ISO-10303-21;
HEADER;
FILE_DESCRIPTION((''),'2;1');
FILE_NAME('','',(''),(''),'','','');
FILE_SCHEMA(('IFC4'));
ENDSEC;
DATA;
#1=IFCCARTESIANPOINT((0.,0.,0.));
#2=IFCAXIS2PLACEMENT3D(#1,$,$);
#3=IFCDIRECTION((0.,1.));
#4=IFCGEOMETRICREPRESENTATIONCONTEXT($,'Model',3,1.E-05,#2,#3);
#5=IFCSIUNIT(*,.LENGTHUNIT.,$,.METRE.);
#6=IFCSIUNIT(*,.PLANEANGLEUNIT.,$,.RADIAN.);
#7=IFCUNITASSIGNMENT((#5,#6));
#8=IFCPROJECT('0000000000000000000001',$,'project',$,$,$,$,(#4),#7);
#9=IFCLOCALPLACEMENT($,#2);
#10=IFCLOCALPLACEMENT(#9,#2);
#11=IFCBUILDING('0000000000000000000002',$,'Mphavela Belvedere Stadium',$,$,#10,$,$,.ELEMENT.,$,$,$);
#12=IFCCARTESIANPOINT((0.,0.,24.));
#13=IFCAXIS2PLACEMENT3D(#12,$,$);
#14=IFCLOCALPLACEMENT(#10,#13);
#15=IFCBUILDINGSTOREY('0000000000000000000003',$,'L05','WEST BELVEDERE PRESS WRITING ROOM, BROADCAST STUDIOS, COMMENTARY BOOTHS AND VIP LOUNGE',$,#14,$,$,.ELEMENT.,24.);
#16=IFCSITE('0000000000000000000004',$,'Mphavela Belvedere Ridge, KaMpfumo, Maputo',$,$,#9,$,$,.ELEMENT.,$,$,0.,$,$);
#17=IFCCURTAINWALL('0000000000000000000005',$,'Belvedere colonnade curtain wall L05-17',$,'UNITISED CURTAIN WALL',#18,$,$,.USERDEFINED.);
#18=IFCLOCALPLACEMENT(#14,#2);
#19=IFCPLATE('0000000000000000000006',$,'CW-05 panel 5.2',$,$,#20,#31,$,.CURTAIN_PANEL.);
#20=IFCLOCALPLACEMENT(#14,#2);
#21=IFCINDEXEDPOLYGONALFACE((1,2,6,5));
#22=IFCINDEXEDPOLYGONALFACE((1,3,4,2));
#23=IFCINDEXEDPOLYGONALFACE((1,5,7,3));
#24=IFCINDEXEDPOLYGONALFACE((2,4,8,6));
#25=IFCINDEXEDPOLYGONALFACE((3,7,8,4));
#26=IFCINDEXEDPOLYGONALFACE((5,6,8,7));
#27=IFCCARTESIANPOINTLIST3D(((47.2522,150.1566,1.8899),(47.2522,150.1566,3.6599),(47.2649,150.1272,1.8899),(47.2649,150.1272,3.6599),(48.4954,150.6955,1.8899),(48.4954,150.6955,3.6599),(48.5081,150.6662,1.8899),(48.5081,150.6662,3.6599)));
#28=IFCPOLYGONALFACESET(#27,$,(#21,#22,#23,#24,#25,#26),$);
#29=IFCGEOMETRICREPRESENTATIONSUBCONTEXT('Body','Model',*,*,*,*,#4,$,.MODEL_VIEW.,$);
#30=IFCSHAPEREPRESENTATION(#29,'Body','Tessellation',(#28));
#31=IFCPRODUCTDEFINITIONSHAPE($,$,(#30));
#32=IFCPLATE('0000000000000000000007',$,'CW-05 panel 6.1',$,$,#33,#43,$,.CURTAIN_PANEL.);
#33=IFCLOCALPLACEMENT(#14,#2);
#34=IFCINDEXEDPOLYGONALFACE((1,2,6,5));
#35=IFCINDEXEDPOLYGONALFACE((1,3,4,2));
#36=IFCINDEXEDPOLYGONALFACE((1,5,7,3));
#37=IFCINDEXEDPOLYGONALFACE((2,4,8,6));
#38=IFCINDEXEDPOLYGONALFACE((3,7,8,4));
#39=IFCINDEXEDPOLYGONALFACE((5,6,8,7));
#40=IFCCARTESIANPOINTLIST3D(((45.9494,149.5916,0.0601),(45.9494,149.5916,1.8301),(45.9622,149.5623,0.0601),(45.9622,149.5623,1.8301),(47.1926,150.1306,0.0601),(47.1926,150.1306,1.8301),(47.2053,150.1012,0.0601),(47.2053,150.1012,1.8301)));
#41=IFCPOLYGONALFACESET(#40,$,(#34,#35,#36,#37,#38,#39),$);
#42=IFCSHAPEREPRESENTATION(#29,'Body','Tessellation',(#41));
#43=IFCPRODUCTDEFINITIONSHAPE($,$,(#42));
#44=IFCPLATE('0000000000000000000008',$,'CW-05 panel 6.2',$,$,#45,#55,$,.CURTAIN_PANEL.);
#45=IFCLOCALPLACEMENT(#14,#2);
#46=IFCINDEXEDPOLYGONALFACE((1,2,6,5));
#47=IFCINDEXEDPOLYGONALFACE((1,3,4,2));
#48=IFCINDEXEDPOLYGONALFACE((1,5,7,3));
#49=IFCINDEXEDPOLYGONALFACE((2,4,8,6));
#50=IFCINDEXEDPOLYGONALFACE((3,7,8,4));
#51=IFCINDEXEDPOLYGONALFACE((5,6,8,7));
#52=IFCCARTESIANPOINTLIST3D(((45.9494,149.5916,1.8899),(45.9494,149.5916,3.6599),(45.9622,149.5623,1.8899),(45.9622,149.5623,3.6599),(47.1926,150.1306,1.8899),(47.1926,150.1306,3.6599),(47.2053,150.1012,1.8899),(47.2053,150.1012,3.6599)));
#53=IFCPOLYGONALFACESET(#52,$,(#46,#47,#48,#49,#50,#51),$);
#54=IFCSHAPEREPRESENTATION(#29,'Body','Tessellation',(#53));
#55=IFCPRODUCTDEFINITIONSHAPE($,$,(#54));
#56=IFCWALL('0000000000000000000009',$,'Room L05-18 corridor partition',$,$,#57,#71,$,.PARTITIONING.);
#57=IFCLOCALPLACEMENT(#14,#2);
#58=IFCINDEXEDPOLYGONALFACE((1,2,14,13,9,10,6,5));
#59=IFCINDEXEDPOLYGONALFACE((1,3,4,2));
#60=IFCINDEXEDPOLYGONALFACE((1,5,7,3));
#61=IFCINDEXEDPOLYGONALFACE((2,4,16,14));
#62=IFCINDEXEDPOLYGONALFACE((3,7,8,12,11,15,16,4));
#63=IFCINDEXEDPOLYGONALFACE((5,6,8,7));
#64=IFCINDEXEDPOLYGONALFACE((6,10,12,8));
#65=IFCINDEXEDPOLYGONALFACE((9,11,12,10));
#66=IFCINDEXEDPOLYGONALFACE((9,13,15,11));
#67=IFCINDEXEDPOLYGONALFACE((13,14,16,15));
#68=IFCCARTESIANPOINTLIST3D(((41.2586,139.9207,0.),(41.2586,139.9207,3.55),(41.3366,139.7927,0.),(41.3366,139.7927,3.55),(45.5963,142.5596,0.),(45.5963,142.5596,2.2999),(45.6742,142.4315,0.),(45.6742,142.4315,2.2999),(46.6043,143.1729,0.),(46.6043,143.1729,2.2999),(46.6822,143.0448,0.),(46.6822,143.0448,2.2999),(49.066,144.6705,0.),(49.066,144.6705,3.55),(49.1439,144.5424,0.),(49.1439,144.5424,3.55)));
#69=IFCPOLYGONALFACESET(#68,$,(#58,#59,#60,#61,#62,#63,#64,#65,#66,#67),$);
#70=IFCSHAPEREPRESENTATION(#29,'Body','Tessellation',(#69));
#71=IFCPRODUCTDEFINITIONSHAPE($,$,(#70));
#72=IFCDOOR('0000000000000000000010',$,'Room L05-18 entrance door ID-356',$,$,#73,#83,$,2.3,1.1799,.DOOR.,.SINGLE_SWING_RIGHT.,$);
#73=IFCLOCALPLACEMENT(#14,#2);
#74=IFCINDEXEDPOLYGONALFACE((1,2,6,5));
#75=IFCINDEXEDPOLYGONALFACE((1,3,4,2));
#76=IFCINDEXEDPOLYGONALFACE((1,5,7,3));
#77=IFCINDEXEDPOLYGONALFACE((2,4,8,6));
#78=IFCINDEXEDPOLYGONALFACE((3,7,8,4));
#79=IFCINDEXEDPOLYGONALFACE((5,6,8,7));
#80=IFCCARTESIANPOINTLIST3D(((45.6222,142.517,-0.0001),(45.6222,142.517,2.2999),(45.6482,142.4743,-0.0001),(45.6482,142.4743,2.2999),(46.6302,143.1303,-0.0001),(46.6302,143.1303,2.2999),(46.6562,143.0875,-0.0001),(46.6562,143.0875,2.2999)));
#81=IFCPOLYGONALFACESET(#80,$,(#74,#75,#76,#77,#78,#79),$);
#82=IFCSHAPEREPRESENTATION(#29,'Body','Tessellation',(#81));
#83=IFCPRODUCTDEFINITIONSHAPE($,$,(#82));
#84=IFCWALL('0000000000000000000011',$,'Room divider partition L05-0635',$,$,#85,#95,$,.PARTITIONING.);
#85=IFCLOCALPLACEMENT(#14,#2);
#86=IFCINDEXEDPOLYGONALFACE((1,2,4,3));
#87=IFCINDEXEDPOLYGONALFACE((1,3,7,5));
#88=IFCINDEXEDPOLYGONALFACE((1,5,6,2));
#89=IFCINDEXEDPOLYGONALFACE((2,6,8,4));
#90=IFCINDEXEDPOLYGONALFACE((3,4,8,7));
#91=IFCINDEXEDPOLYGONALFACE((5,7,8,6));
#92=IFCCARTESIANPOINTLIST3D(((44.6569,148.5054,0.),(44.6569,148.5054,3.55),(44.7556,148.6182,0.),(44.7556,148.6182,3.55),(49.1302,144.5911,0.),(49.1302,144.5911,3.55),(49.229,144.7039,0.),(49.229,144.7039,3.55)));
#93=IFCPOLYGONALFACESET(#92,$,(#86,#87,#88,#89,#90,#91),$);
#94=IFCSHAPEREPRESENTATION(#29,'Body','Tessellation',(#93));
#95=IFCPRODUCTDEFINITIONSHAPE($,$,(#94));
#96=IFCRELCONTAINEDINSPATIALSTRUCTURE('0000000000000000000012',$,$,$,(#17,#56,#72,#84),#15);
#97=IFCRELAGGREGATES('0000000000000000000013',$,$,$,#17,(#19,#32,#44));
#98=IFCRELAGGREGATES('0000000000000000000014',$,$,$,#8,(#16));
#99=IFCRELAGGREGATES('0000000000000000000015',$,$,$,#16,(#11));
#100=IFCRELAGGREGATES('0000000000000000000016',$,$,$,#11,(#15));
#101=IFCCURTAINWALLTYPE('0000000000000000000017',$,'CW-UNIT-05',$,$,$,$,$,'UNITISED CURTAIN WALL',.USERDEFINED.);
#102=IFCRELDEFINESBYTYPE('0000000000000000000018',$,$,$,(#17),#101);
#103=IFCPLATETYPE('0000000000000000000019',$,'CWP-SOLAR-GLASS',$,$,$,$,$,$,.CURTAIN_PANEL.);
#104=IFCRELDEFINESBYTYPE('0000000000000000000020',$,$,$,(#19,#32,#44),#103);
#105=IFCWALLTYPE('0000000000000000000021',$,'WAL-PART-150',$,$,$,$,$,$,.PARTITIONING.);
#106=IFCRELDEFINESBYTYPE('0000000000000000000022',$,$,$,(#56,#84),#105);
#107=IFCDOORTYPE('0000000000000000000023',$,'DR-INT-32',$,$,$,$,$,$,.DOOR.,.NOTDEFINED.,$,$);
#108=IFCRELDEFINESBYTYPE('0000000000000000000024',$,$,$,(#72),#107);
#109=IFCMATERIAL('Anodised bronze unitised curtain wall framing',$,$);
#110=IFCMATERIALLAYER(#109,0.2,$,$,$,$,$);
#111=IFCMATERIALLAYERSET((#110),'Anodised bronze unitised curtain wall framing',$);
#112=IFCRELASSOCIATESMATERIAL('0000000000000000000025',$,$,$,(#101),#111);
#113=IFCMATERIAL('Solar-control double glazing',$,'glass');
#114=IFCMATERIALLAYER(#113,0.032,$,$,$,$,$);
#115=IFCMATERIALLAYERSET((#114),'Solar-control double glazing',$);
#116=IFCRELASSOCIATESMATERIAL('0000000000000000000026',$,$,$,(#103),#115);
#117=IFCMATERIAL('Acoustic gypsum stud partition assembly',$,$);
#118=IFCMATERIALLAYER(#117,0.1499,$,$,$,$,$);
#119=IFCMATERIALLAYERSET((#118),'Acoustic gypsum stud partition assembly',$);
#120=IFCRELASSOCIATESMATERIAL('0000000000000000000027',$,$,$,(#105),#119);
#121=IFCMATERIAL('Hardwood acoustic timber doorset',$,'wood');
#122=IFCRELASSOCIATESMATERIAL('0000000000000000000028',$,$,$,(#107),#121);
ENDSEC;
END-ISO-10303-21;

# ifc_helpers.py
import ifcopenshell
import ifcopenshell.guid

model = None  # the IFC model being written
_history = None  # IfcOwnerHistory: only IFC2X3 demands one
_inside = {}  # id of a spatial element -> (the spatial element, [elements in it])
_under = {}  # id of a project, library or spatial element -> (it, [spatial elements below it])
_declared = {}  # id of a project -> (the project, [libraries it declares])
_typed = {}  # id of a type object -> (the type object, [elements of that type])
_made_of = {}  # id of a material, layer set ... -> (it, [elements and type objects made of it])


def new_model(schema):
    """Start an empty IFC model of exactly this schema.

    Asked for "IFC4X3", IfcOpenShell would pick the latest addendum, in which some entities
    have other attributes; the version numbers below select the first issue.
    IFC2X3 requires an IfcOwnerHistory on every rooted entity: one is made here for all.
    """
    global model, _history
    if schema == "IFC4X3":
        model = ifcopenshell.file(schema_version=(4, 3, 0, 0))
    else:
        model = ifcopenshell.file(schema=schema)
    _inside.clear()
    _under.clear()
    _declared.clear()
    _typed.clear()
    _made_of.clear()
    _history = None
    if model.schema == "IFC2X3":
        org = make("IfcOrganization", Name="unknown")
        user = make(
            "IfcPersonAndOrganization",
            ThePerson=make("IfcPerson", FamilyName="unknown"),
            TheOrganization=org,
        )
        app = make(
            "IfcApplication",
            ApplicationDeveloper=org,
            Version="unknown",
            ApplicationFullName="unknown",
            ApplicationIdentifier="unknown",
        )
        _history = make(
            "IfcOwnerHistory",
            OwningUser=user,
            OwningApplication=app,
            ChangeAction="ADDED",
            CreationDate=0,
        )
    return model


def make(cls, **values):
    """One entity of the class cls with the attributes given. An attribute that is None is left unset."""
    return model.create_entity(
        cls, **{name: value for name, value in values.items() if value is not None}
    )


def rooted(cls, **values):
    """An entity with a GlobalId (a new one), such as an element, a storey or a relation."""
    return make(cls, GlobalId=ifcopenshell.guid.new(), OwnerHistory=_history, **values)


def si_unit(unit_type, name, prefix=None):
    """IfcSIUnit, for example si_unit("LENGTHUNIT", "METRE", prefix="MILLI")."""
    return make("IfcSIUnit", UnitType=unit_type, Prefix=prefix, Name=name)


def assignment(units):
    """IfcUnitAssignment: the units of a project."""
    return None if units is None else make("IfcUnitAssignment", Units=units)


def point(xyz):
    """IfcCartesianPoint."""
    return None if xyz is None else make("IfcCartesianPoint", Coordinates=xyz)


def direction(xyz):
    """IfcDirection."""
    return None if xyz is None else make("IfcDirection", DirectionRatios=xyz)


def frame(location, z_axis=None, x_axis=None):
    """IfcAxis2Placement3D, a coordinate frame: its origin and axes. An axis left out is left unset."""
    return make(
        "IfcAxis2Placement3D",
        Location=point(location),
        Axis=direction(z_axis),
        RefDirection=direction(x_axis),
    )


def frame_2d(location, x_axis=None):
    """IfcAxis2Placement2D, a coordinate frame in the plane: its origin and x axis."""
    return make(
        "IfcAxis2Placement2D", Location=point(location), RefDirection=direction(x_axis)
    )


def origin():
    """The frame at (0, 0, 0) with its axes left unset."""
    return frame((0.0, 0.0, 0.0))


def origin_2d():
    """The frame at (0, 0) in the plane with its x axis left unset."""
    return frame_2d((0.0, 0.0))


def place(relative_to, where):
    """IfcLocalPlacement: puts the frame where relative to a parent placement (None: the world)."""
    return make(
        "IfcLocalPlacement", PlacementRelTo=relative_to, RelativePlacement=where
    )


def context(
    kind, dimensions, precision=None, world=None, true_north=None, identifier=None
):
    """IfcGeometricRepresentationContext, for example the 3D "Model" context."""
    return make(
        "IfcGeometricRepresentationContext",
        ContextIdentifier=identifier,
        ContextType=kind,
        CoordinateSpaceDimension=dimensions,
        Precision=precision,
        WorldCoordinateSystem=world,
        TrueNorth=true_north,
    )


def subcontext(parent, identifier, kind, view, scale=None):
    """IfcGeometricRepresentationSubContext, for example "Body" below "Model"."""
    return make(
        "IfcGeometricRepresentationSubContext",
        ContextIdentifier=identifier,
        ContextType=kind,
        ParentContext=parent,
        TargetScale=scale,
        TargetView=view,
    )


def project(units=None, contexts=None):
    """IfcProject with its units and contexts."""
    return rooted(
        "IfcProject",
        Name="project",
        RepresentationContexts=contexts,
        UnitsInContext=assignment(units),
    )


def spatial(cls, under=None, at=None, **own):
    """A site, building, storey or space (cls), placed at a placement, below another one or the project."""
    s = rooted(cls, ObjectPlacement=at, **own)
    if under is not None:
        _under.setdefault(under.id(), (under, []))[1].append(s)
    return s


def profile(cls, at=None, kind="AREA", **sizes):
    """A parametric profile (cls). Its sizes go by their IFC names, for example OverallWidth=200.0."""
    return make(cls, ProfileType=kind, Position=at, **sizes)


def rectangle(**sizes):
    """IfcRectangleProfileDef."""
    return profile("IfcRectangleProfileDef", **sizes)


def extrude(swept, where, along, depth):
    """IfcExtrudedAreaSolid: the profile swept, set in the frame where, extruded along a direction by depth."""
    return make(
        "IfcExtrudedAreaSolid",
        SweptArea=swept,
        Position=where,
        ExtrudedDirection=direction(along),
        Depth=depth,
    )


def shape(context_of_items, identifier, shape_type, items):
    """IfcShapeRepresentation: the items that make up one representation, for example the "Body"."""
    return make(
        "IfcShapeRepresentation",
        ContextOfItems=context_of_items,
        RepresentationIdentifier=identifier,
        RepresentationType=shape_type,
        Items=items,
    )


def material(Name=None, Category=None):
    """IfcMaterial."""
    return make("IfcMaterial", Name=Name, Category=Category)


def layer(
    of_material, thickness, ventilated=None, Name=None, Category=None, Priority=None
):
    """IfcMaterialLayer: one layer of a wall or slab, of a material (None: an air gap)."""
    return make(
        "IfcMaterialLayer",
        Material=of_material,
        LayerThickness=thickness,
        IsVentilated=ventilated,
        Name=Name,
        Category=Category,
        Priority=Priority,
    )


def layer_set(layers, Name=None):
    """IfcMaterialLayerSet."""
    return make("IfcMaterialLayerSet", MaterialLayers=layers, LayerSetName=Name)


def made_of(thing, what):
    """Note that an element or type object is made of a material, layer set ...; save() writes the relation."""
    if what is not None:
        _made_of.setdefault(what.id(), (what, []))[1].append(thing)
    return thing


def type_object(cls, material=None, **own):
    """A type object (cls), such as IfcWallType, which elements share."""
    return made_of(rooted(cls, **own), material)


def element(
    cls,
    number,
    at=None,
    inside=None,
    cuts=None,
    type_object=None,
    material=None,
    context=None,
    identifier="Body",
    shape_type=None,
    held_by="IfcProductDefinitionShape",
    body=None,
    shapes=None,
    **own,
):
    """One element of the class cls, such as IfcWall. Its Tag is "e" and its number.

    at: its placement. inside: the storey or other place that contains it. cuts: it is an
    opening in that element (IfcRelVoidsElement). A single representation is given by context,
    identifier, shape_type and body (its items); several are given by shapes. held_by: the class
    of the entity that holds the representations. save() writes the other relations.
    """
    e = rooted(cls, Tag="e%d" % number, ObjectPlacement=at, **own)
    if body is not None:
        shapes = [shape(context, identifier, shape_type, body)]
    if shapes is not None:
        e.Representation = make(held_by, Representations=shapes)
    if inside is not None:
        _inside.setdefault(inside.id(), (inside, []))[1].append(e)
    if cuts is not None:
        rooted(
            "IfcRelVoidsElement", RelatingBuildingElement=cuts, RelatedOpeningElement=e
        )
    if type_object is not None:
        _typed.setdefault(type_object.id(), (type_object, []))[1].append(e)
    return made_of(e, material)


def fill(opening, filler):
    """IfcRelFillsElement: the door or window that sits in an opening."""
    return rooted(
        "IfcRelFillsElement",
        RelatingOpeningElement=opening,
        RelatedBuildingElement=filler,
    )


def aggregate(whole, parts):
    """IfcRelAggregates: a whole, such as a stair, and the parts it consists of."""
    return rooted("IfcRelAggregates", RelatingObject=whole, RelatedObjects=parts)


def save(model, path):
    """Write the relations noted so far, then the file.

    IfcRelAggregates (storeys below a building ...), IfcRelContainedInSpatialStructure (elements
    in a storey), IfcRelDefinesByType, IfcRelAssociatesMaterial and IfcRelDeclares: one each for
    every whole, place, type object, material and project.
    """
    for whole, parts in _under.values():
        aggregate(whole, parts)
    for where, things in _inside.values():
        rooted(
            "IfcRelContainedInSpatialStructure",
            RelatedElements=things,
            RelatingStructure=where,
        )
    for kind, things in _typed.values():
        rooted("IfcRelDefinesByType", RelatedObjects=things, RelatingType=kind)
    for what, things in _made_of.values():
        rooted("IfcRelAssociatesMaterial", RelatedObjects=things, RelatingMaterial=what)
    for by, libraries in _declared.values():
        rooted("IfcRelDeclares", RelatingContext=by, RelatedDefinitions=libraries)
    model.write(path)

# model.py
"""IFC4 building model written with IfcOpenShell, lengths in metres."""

from ifc_helpers import new_model, si_unit, direction, frame, frame_2d, origin, origin_2d, place, context, subcontext, project, spatial, rectangle, extrude, material, layer, layer_set, type_object, element, fill, aggregate, save


model = new_model("IFC4")

# Units and contexts
model_context = context("Model", 3, precision=1e-05, world=origin(), true_north=direction((0.0, 1.0)))
body_context = subcontext(model_context, "Body", "Model", "MODEL_VIEW")
ifc_project = project(units=[si_unit("LENGTHUNIT", "METRE"), si_unit("PLANEANGLEUNIT", "RADIAN")], contexts=[model_context])

# Site, building, storey
site_placement = place(None, origin())
site = spatial("IfcSite", under=ifc_project, at=site_placement, Name="Mphavela Belvedere Ridge, KaMpfumo, Maputo", CompositionType="ELEMENT", RefElevation=0.0)
building_placement = place(site_placement, origin())
building = spatial("IfcBuilding", under=site, at=building_placement, Name="Mphavela Belvedere Stadium", CompositionType="ELEMENT")
storey_placement = place(building_placement, frame((0.0, 0.0, 24.0)))
storey = spatial("IfcBuildingStorey", under=building, at=storey_placement, Name="L05", Description="WEST BELVEDERE PRESS WRITING ROOM, BROADCAST STUDIOS, COMMENTARY BOOTHS AND VIP LOUNGE", CompositionType="ELEMENT", Elevation=24.0)

# Curtain wall, plates
ifc_material_1 = material(Name="Anodised bronze unitised curtain wall framing")
ifc_layer_1 = layer(ifc_material_1, 0.2)
ifc_layer_set_1 = layer_set([ifc_layer_1], Name="Anodised bronze unitised curtain wall framing")
curtain_wall_type = type_object("IfcCurtainWallType", Name="CW-UNIT-05", ElementType="UNITISED CURTAIN WALL", PredefinedType="USERDEFINED", material=ifc_layer_set_1)
curtain_wall_placement = place(storey_placement, origin())
curtain_wall = element("IfcCurtainWall", 1, at=curtain_wall_placement, inside=storey, type_object=curtain_wall_type, Name="Belvedere colonnade curtain wall L05-17", ObjectType="UNITISED CURTAIN WALL", PredefinedType="USERDEFINED")
ifc_material_2 = material(Name="Solar-control double glazing", Category="glass")
ifc_layer_2 = layer(ifc_material_2, 0.032)
ifc_layer_set_2 = layer_set([ifc_layer_2], Name="Solar-control double glazing")
plate_type = type_object("IfcPlateType", Name="CWP-SOLAR-GLASS", PredefinedType="CURTAIN_PANEL", material=ifc_layer_set_2)
plate_1_placement = place(storey_placement, frame((47.8801, 150.4114, 1.8899), z_axis=(0.0, 0.0, 1.0), x_axis=(-0.917497, -0.397743, 0.0)))
plate_1 = element("IfcPlate", 2, at=plate_1_placement, type_object=plate_type, Name="CW-05 panel 5.2", PredefinedType="CURTAIN_PANEL", context=body_context, shape_type="SweptSolid", body=[
    extrude(rectangle(XDim=1.355, YDim=0.032, at=origin_2d()), origin(), (0.0, 0.0, 1.0), 1.77),
])
plate_2_placement = place(storey_placement, frame((46.5774, 149.8464, 0.0601), z_axis=(0.0, 0.0, 1.0), x_axis=(-0.917497, -0.397743, 0.0)))
plate_2 = element("IfcPlate", 3, at=plate_2_placement, type_object=plate_type, Name="CW-05 panel 6.1", PredefinedType="CURTAIN_PANEL", context=body_context, shape_type="SweptSolid", body=[
    extrude(rectangle(XDim=1.355, YDim=0.032, at=origin_2d()), origin(), (0.0, 0.0, 1.0), 1.77),
])
plate_3_placement = place(storey_placement, frame((46.5774, 149.8464, 1.8899), z_axis=(0.0, 0.0, 1.0), x_axis=(-0.917497, -0.397743, 0.0)))
plate_3 = element("IfcPlate", 4, at=plate_3_placement, type_object=plate_type, Name="CW-05 panel 6.2", PredefinedType="CURTAIN_PANEL", context=body_context, shape_type="SweptSolid", body=[
    extrude(rectangle(XDim=1.355, YDim=0.032, at=origin_2d()), origin(), (0.0, 0.0, 1.0), 1.77),
])
aggregate(curtain_wall, [plate_1, plate_2, plate_3])

# Wall, opening, door
ifc_material_3 = material(Name="Acoustic gypsum stud partition assembly")
ifc_layer_3 = layer(ifc_material_3, 0.1499)
ifc_layer_set_3 = layer_set([ifc_layer_3], Name="Acoustic gypsum stud partition assembly")
wall_type = type_object("IfcWallType", Name="WAL-PART-150", PredefinedType="PARTITIONING", material=ifc_layer_set_3)
wall_1_placement = place(storey_placement, frame((49.105, 144.6064, 0.0), z_axis=(0.0, 0.0, 1.0), x_axis=(-0.854323, -0.519743, 0.0)))
wall_1 = element("IfcWall", 5, at=wall_1_placement, inside=storey, type_object=wall_type, Name="Room L05-18 corridor partition", PredefinedType="PARTITIONING", context=body_context, shape_type="SweptSolid", body=[
    extrude(rectangle(XDim=9.1387, YDim=0.1499, at=frame_2d((4.5693, 0.0))), origin(), (0.0, 0.0, 1.0), 3.55),
])
opening_placement = place(wall_1_placement, frame((2.8816, 0.0, 0.0)))
opening = element("IfcOpeningElement", 6, at=opening_placement, cuts=wall_1, PredefinedType="OPENING", context=body_context, shape_type="SweptSolid", body=[
    extrude(rectangle(XDim=1.1799, YDim=2.3, at=frame_2d((0.5898, 1.1499))), frame((0.0, 0.085, 0.0), z_axis=(0.0, -1.0, 0.0), x_axis=(1.0, 0.0, 0.0)), (0.0, 0.0, 1.0), 0.1699),
])
ifc_material_4 = material(Name="Hardwood acoustic timber doorset", Category="wood")
door_type = type_object("IfcDoorType", Name="DR-INT-32", OperationType="NOTDEFINED", PredefinedType="DOOR", material=ifc_material_4)
door_placement = place(opening_placement, origin())
door = element("IfcDoor", 7, at=door_placement, inside=storey, type_object=door_type, Name="Room L05-18 entrance door ID-356", OperationType="SINGLE_SWING_RIGHT", OverallHeight=2.3, OverallWidth=1.1799, PredefinedType="DOOR", context=body_context, shape_type="SweptSolid", body=[
    extrude(rectangle(XDim=1.1799, YDim=2.3, at=frame_2d((0.5898, 1.1499))), frame((0.0, 0.0249, 0.0), z_axis=(0.0, -1.0, 0.0), x_axis=(1.0, 0.0, 0.0)), (0.0, 0.0, 1.0), 0.05),
])
fill(opening, door)

# Wall
wall_2_placement = place(storey_placement, frame((49.1797, 144.6475, 0.0), z_axis=(0.0, 0.0, 1.0), x_axis=(-0.752569, 0.658513, 0.0)))
element("IfcWall", 8, at=wall_2_placement, inside=storey, type_object=wall_type, Name="Room divider partition L05-0635", PredefinedType="PARTITIONING", context=body_context, shape_type="SweptSolid", body=[
    extrude(rectangle(XDim=5.9441, YDim=0.1499, at=frame_2d((2.9722, 0.0))), origin(), (0.0, 0.0, 1.0), 3.55),
])

save(model, "model.ifc")
